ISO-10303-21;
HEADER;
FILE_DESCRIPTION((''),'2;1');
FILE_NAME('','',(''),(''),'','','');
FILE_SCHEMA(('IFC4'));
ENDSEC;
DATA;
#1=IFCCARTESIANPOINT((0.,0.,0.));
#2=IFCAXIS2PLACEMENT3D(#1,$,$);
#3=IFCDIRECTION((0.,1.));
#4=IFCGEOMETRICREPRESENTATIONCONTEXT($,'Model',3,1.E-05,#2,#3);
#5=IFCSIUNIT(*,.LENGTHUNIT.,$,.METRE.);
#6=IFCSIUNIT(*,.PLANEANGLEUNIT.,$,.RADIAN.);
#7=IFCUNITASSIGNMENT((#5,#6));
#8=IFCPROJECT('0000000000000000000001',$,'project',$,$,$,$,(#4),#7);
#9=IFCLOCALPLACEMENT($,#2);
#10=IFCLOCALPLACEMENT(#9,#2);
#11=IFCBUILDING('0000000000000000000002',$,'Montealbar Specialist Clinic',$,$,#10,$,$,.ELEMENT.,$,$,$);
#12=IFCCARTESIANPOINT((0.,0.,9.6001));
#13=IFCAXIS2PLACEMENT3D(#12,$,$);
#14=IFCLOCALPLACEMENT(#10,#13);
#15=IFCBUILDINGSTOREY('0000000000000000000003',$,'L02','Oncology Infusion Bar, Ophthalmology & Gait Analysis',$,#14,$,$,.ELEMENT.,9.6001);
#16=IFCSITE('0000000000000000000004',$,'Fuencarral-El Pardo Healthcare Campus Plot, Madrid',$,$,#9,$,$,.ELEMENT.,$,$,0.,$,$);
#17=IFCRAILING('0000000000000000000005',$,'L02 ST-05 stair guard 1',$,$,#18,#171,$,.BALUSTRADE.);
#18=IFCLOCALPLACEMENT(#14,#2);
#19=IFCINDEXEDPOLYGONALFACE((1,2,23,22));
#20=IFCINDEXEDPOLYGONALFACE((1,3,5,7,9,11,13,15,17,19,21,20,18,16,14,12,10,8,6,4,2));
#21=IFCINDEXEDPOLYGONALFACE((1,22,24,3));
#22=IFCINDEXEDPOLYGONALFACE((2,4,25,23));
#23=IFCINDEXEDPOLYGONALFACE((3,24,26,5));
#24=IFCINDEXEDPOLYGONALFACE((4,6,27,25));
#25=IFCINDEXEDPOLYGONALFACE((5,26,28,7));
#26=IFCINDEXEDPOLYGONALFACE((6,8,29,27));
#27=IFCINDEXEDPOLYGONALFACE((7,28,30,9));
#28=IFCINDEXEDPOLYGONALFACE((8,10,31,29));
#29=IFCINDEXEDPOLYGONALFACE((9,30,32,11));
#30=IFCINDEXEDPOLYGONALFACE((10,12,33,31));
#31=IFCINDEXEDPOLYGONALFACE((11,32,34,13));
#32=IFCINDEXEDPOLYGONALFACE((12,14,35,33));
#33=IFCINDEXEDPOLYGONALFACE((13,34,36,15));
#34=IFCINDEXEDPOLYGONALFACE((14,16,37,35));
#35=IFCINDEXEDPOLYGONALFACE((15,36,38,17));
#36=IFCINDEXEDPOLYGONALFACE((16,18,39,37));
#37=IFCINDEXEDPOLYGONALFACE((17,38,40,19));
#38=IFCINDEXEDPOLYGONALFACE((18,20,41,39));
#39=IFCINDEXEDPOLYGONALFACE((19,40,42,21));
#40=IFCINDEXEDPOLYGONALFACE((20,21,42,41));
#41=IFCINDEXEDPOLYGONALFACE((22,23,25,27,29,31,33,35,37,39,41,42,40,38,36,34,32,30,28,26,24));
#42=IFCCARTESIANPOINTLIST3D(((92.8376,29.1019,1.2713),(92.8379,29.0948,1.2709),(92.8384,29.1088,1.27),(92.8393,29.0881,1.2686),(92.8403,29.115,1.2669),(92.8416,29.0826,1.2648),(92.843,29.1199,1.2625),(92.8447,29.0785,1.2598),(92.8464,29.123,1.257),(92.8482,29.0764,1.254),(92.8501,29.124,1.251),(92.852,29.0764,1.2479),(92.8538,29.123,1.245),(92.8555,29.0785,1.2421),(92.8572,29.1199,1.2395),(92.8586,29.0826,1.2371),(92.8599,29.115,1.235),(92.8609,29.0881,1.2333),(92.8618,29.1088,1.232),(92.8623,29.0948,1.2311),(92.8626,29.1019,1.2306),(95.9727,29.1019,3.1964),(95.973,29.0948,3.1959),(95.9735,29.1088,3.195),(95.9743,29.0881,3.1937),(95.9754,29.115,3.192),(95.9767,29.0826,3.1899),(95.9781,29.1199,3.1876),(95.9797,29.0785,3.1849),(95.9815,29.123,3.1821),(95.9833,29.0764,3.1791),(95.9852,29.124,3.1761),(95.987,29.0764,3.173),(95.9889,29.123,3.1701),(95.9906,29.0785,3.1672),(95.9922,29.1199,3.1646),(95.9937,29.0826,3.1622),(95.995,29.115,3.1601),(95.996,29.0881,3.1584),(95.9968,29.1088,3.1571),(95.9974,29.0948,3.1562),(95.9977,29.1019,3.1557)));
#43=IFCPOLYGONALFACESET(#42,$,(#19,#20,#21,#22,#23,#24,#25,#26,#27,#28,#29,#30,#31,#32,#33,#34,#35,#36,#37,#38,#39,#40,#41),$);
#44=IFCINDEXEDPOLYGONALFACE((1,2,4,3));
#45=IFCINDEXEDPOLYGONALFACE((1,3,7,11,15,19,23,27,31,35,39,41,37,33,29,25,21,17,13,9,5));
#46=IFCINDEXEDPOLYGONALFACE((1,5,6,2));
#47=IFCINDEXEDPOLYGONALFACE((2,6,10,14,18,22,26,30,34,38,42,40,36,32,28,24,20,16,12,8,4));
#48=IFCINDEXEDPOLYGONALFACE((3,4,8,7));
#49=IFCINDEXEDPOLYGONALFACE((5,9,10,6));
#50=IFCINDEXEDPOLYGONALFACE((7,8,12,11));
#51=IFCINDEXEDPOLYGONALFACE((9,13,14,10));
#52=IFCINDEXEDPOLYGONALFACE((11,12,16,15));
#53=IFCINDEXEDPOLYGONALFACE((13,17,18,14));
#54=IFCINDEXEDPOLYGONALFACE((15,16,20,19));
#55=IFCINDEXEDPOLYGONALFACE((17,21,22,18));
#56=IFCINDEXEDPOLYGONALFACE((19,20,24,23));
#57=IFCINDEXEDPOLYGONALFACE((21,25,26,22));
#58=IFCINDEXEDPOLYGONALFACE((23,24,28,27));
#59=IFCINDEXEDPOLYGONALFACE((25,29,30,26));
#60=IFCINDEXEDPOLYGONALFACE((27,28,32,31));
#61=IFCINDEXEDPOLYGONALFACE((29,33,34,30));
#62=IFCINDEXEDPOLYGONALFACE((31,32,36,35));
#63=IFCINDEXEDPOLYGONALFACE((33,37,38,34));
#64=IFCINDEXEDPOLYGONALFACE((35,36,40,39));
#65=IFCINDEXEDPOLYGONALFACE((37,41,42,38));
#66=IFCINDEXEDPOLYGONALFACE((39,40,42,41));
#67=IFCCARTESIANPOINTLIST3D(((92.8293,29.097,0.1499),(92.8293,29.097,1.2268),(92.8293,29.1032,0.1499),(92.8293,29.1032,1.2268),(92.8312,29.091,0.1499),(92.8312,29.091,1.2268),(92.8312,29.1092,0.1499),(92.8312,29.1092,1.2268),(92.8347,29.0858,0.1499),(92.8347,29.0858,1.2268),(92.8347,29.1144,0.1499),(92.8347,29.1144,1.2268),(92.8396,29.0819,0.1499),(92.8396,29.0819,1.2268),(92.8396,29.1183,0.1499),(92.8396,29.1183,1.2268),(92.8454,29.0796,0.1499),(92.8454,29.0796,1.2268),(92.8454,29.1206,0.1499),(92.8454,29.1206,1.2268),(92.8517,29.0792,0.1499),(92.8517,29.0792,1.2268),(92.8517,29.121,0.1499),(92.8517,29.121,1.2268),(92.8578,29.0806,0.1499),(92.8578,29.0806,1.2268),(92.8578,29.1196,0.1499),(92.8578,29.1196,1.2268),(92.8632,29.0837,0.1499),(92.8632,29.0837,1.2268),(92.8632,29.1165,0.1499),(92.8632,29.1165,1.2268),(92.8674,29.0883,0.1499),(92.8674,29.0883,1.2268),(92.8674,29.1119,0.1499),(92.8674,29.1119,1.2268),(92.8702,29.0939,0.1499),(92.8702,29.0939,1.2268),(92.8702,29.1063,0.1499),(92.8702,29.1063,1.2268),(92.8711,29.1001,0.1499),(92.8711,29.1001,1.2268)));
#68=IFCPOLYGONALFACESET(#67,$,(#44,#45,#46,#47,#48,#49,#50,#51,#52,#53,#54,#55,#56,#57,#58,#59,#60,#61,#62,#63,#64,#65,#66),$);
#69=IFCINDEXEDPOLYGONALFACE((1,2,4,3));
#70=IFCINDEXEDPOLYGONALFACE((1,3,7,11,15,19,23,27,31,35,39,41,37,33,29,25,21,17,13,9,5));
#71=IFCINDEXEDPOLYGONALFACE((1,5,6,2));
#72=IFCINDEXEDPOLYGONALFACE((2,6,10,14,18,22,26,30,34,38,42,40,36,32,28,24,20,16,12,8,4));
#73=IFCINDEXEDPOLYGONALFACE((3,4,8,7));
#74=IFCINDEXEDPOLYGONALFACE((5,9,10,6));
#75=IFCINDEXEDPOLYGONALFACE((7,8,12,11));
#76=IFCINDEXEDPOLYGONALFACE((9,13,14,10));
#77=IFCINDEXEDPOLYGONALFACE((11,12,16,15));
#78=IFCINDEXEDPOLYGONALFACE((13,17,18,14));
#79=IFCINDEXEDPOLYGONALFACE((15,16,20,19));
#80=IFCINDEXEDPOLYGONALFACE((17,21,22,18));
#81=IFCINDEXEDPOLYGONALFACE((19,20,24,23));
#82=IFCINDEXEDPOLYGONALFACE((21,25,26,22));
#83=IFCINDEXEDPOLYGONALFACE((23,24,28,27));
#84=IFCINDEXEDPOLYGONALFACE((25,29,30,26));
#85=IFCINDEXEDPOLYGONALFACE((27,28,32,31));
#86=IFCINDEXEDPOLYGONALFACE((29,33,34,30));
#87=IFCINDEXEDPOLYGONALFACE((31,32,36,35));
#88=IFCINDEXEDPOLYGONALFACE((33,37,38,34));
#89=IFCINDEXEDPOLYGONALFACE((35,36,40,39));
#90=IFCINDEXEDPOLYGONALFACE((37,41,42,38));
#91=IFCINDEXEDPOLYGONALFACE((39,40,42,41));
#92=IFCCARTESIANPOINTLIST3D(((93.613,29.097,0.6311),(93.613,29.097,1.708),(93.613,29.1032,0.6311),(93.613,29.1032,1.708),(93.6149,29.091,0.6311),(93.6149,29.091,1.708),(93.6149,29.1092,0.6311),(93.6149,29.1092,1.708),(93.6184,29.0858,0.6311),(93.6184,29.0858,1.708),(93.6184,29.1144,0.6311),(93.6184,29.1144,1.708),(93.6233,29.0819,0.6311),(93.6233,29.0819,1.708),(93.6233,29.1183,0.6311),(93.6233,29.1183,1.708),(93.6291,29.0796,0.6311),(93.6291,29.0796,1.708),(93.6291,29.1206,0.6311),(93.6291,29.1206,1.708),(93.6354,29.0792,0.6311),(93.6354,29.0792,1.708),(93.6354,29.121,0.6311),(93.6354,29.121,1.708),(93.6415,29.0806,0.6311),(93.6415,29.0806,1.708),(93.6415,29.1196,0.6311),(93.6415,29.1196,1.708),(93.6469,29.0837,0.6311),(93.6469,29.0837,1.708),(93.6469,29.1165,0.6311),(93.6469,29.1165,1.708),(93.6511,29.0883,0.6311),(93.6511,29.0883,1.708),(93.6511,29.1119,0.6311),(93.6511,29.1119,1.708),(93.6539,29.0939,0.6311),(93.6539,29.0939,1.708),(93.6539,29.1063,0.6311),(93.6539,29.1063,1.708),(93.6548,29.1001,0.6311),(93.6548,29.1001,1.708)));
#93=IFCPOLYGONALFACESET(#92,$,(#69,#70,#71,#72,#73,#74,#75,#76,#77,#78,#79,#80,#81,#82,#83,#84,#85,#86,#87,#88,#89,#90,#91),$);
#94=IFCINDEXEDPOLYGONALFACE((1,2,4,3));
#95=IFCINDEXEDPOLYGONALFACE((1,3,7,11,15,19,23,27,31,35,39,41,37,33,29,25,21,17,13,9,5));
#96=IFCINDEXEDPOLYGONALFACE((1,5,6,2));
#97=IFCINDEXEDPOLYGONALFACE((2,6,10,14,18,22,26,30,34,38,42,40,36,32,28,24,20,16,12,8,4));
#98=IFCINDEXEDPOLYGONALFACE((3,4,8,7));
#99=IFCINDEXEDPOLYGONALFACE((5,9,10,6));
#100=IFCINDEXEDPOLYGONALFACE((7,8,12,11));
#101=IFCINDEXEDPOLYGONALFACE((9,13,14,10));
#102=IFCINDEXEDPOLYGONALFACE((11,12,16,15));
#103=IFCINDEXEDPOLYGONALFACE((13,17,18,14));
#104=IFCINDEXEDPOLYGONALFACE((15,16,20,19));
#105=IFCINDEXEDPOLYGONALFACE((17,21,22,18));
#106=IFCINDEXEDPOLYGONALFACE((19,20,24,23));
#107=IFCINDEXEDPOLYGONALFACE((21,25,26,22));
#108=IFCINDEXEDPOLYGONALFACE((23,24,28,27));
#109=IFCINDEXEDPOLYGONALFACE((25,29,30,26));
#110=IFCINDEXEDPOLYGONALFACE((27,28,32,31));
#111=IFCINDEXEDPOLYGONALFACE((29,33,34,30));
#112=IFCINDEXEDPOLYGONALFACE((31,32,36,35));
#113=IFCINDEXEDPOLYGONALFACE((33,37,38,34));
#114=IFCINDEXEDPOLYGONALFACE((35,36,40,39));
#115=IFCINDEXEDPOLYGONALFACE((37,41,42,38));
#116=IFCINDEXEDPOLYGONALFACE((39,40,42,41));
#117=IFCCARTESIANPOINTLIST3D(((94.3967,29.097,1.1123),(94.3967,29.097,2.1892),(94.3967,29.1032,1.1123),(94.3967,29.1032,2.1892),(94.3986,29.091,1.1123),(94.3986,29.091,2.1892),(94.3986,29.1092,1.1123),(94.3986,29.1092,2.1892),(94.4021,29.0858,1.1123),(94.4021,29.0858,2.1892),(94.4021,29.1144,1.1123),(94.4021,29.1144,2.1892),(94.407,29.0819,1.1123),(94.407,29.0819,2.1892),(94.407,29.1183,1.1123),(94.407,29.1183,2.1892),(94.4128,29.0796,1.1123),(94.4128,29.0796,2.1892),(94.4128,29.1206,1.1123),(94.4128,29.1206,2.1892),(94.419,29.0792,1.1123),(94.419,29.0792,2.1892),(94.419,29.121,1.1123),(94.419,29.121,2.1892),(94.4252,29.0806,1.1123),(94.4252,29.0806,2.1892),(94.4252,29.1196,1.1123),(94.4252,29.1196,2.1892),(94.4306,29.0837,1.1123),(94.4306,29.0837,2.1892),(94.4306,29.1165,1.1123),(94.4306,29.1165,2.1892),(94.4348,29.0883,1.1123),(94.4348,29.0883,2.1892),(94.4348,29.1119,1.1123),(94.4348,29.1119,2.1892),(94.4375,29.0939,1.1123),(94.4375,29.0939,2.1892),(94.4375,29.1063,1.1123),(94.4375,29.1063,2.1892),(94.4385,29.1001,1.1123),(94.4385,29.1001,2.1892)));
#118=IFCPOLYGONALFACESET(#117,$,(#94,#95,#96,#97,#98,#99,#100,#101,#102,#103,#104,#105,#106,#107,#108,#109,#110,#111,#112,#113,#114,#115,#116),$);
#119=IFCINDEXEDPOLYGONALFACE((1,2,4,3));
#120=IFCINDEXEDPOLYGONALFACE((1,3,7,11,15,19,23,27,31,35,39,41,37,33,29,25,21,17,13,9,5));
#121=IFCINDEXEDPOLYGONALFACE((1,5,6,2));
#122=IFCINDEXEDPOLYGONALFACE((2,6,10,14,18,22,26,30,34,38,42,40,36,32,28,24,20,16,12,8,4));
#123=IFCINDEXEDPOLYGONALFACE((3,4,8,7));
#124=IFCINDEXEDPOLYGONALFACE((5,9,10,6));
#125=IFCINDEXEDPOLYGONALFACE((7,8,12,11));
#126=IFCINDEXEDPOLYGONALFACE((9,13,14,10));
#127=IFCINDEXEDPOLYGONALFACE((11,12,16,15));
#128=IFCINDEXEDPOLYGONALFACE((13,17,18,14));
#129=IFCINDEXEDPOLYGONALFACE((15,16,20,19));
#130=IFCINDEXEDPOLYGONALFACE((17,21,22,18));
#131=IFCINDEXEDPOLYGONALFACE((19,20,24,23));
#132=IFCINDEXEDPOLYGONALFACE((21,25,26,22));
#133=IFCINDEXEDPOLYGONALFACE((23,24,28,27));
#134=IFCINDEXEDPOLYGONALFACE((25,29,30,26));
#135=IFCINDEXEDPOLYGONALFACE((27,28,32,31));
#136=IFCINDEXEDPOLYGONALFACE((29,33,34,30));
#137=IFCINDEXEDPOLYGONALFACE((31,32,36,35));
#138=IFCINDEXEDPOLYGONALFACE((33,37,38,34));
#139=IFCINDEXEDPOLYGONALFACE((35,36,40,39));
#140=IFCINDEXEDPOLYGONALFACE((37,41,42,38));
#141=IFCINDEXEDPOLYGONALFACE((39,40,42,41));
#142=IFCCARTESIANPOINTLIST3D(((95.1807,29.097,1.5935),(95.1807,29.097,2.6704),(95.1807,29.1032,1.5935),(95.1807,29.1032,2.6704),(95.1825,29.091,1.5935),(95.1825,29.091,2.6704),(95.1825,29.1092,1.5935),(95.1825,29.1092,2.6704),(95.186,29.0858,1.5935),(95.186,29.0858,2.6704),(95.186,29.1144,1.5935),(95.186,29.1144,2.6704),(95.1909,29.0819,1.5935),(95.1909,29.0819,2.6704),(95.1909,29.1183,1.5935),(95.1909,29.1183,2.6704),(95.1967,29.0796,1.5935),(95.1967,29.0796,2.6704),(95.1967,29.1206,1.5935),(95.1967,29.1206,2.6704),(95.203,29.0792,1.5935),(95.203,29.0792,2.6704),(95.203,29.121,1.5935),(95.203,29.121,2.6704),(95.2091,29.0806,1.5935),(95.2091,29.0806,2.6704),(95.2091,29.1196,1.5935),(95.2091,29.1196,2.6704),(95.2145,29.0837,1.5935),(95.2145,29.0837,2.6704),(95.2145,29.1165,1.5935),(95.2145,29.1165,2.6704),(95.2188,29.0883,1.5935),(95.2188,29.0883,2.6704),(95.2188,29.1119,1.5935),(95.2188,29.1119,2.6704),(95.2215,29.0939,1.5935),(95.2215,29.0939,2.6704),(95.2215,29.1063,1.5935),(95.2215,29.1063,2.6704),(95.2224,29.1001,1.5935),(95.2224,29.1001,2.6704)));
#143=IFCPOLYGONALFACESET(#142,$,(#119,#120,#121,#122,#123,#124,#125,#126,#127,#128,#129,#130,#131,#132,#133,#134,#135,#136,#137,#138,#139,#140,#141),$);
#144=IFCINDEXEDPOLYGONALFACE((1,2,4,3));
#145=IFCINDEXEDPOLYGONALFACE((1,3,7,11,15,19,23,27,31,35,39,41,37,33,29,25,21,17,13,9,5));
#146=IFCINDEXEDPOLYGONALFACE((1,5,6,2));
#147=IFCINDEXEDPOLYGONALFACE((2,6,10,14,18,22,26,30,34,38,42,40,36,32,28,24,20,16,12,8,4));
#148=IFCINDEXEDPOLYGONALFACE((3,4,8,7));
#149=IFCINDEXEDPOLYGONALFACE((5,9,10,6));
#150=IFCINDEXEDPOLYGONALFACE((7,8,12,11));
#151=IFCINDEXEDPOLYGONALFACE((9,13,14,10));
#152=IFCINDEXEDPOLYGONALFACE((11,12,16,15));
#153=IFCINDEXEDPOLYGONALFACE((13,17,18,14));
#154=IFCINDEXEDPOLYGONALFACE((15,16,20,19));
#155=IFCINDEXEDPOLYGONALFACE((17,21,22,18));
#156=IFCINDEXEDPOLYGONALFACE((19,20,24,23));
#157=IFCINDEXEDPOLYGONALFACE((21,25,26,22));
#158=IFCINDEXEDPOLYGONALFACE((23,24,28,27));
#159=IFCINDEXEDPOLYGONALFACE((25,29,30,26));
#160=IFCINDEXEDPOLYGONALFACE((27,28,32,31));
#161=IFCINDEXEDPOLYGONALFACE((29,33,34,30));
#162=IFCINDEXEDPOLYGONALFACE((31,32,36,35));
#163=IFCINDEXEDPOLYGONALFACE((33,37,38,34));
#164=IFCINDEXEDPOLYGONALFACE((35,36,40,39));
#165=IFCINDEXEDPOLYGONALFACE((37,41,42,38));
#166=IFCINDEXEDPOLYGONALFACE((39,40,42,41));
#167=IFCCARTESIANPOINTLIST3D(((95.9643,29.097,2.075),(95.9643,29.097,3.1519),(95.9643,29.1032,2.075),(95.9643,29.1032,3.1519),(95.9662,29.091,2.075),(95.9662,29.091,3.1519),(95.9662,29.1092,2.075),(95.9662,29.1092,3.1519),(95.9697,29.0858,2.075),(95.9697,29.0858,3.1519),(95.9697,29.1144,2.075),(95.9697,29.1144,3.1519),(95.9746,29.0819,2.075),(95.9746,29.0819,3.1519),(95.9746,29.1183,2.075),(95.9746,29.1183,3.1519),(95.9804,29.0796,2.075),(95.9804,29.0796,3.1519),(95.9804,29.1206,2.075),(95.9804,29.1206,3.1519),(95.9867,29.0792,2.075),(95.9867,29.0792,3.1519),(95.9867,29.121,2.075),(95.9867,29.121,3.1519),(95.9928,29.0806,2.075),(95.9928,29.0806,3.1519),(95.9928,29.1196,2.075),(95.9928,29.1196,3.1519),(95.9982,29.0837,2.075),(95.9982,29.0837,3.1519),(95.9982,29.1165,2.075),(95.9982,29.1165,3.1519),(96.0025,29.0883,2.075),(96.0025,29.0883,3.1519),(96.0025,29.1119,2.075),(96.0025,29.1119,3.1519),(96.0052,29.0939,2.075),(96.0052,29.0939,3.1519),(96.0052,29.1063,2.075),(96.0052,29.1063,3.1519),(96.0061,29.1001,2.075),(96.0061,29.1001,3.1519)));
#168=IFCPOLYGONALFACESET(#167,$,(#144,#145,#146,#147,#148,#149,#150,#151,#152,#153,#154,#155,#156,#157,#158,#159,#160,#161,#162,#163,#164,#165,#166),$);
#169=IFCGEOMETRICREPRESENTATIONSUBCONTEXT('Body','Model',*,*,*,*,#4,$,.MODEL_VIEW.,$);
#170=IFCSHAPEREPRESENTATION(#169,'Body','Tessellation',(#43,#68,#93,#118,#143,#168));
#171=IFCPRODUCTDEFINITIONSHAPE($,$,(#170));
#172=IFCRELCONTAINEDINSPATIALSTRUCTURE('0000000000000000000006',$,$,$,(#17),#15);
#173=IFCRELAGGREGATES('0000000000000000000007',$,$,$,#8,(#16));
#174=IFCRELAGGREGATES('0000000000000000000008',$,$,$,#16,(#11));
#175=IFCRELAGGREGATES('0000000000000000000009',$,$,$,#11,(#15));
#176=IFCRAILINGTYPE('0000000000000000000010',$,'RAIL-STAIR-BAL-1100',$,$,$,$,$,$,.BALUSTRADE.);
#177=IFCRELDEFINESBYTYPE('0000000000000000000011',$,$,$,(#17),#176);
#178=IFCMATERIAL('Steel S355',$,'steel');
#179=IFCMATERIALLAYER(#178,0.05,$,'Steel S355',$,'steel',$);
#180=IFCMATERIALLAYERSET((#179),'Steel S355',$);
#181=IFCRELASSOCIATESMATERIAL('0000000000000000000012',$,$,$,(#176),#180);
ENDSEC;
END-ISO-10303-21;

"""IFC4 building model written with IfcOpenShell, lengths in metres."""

from ifc_helpers import new_model, si_unit, direction, frame, origin, origin_2d, place, context, subcontext, project, spatial, circle, extrude, material, layer, layer_set, type_object, element, save


model = new_model("IFC4")

# Units and contexts
model_context = context("Model", 3, precision=1e-05, world=origin(), true_north=direction((0.0, 1.0)))
body_context = subcontext(model_context, "Body", "Model", "MODEL_VIEW")
ifc_project = project(units=[si_unit("LENGTHUNIT", "METRE"), si_unit("PLANEANGLEUNIT", "RADIAN")], contexts=[model_context])

# Site, building, storey
site_placement = place(None, origin())
site = spatial("IfcSite", under=ifc_project, at=site_placement, Name="Fuencarral-El Pardo Healthcare Campus Plot, Madrid", CompositionType="ELEMENT", RefElevation=0.0)
building_placement = place(site_placement, origin())
building = spatial("IfcBuilding", under=site, at=building_placement, Name="Montealbar Specialist Clinic", CompositionType="ELEMENT")
storey_placement = place(building_placement, frame((0.0, 0.0, 9.6001)))
storey = spatial("IfcBuildingStorey", under=building, at=storey_placement, Name="L02", Description="Oncology Infusion Bar, Ophthalmology & Gait Analysis", CompositionType="ELEMENT", Elevation=9.6001)

# Shared definitions
ifc_material_1 = material(Name="Steel S355", Category="steel")

# Railing
ifc_layer_1 = layer(ifc_material_1, 0.05, Name="Steel S355", Category="steel")
ifc_layer_set_1 = layer_set([ifc_layer_1], Name="Steel S355")
railing_type = type_object("IfcRailingType", Name="RAIL-STAIR-BAL-1100", PredefinedType="BALUSTRADE", material=ifc_layer_set_1)
railing_1_placement = place(storey_placement, frame((92.8501, 29.1001, 0.1748)))
element("IfcRailing", 1, at=railing_1_placement, inside=storey, type_object=railing_type, Name="L02 ST-05 stair guard 1", PredefinedType="BALUSTRADE", context=body_context, shape_type="SweptSolid", body=[
    extrude(circle(Radius=0.0239, at=origin_2d()), frame((0.0, 0.0, 1.0762), z_axis=(0.852166, 0.0, 0.523271), x_axis=(0.0, 1.0, 0.0)), (0.0, 0.0, 1.0), 3.679),
    extrude(circle(Radius=0.021, at=origin_2d()), frame((0.0, 0.0, -0.0249)), (0.0, 0.0, 1.0), 1.0769),
    extrude(circle(Radius=0.021, at=origin_2d()), frame((0.7837, 0.0, 0.4563)), (0.0, 0.0, 1.0), 1.0769),
    extrude(circle(Radius=0.021, at=origin_2d()), frame((1.5674, 0.0, 0.9375)), (0.0, 0.0, 1.0), 1.0769),
    extrude(circle(Radius=0.021, at=origin_2d()), frame((2.3513, 0.0, 1.4187)), (0.0, 0.0, 1.0), 1.0769),
    extrude(circle(Radius=0.021, at=origin_2d()), frame((3.135, 0.0, 1.9001)), (0.0, 0.0, 1.0), 1.0769),
])

save(model, "model.ifc")
